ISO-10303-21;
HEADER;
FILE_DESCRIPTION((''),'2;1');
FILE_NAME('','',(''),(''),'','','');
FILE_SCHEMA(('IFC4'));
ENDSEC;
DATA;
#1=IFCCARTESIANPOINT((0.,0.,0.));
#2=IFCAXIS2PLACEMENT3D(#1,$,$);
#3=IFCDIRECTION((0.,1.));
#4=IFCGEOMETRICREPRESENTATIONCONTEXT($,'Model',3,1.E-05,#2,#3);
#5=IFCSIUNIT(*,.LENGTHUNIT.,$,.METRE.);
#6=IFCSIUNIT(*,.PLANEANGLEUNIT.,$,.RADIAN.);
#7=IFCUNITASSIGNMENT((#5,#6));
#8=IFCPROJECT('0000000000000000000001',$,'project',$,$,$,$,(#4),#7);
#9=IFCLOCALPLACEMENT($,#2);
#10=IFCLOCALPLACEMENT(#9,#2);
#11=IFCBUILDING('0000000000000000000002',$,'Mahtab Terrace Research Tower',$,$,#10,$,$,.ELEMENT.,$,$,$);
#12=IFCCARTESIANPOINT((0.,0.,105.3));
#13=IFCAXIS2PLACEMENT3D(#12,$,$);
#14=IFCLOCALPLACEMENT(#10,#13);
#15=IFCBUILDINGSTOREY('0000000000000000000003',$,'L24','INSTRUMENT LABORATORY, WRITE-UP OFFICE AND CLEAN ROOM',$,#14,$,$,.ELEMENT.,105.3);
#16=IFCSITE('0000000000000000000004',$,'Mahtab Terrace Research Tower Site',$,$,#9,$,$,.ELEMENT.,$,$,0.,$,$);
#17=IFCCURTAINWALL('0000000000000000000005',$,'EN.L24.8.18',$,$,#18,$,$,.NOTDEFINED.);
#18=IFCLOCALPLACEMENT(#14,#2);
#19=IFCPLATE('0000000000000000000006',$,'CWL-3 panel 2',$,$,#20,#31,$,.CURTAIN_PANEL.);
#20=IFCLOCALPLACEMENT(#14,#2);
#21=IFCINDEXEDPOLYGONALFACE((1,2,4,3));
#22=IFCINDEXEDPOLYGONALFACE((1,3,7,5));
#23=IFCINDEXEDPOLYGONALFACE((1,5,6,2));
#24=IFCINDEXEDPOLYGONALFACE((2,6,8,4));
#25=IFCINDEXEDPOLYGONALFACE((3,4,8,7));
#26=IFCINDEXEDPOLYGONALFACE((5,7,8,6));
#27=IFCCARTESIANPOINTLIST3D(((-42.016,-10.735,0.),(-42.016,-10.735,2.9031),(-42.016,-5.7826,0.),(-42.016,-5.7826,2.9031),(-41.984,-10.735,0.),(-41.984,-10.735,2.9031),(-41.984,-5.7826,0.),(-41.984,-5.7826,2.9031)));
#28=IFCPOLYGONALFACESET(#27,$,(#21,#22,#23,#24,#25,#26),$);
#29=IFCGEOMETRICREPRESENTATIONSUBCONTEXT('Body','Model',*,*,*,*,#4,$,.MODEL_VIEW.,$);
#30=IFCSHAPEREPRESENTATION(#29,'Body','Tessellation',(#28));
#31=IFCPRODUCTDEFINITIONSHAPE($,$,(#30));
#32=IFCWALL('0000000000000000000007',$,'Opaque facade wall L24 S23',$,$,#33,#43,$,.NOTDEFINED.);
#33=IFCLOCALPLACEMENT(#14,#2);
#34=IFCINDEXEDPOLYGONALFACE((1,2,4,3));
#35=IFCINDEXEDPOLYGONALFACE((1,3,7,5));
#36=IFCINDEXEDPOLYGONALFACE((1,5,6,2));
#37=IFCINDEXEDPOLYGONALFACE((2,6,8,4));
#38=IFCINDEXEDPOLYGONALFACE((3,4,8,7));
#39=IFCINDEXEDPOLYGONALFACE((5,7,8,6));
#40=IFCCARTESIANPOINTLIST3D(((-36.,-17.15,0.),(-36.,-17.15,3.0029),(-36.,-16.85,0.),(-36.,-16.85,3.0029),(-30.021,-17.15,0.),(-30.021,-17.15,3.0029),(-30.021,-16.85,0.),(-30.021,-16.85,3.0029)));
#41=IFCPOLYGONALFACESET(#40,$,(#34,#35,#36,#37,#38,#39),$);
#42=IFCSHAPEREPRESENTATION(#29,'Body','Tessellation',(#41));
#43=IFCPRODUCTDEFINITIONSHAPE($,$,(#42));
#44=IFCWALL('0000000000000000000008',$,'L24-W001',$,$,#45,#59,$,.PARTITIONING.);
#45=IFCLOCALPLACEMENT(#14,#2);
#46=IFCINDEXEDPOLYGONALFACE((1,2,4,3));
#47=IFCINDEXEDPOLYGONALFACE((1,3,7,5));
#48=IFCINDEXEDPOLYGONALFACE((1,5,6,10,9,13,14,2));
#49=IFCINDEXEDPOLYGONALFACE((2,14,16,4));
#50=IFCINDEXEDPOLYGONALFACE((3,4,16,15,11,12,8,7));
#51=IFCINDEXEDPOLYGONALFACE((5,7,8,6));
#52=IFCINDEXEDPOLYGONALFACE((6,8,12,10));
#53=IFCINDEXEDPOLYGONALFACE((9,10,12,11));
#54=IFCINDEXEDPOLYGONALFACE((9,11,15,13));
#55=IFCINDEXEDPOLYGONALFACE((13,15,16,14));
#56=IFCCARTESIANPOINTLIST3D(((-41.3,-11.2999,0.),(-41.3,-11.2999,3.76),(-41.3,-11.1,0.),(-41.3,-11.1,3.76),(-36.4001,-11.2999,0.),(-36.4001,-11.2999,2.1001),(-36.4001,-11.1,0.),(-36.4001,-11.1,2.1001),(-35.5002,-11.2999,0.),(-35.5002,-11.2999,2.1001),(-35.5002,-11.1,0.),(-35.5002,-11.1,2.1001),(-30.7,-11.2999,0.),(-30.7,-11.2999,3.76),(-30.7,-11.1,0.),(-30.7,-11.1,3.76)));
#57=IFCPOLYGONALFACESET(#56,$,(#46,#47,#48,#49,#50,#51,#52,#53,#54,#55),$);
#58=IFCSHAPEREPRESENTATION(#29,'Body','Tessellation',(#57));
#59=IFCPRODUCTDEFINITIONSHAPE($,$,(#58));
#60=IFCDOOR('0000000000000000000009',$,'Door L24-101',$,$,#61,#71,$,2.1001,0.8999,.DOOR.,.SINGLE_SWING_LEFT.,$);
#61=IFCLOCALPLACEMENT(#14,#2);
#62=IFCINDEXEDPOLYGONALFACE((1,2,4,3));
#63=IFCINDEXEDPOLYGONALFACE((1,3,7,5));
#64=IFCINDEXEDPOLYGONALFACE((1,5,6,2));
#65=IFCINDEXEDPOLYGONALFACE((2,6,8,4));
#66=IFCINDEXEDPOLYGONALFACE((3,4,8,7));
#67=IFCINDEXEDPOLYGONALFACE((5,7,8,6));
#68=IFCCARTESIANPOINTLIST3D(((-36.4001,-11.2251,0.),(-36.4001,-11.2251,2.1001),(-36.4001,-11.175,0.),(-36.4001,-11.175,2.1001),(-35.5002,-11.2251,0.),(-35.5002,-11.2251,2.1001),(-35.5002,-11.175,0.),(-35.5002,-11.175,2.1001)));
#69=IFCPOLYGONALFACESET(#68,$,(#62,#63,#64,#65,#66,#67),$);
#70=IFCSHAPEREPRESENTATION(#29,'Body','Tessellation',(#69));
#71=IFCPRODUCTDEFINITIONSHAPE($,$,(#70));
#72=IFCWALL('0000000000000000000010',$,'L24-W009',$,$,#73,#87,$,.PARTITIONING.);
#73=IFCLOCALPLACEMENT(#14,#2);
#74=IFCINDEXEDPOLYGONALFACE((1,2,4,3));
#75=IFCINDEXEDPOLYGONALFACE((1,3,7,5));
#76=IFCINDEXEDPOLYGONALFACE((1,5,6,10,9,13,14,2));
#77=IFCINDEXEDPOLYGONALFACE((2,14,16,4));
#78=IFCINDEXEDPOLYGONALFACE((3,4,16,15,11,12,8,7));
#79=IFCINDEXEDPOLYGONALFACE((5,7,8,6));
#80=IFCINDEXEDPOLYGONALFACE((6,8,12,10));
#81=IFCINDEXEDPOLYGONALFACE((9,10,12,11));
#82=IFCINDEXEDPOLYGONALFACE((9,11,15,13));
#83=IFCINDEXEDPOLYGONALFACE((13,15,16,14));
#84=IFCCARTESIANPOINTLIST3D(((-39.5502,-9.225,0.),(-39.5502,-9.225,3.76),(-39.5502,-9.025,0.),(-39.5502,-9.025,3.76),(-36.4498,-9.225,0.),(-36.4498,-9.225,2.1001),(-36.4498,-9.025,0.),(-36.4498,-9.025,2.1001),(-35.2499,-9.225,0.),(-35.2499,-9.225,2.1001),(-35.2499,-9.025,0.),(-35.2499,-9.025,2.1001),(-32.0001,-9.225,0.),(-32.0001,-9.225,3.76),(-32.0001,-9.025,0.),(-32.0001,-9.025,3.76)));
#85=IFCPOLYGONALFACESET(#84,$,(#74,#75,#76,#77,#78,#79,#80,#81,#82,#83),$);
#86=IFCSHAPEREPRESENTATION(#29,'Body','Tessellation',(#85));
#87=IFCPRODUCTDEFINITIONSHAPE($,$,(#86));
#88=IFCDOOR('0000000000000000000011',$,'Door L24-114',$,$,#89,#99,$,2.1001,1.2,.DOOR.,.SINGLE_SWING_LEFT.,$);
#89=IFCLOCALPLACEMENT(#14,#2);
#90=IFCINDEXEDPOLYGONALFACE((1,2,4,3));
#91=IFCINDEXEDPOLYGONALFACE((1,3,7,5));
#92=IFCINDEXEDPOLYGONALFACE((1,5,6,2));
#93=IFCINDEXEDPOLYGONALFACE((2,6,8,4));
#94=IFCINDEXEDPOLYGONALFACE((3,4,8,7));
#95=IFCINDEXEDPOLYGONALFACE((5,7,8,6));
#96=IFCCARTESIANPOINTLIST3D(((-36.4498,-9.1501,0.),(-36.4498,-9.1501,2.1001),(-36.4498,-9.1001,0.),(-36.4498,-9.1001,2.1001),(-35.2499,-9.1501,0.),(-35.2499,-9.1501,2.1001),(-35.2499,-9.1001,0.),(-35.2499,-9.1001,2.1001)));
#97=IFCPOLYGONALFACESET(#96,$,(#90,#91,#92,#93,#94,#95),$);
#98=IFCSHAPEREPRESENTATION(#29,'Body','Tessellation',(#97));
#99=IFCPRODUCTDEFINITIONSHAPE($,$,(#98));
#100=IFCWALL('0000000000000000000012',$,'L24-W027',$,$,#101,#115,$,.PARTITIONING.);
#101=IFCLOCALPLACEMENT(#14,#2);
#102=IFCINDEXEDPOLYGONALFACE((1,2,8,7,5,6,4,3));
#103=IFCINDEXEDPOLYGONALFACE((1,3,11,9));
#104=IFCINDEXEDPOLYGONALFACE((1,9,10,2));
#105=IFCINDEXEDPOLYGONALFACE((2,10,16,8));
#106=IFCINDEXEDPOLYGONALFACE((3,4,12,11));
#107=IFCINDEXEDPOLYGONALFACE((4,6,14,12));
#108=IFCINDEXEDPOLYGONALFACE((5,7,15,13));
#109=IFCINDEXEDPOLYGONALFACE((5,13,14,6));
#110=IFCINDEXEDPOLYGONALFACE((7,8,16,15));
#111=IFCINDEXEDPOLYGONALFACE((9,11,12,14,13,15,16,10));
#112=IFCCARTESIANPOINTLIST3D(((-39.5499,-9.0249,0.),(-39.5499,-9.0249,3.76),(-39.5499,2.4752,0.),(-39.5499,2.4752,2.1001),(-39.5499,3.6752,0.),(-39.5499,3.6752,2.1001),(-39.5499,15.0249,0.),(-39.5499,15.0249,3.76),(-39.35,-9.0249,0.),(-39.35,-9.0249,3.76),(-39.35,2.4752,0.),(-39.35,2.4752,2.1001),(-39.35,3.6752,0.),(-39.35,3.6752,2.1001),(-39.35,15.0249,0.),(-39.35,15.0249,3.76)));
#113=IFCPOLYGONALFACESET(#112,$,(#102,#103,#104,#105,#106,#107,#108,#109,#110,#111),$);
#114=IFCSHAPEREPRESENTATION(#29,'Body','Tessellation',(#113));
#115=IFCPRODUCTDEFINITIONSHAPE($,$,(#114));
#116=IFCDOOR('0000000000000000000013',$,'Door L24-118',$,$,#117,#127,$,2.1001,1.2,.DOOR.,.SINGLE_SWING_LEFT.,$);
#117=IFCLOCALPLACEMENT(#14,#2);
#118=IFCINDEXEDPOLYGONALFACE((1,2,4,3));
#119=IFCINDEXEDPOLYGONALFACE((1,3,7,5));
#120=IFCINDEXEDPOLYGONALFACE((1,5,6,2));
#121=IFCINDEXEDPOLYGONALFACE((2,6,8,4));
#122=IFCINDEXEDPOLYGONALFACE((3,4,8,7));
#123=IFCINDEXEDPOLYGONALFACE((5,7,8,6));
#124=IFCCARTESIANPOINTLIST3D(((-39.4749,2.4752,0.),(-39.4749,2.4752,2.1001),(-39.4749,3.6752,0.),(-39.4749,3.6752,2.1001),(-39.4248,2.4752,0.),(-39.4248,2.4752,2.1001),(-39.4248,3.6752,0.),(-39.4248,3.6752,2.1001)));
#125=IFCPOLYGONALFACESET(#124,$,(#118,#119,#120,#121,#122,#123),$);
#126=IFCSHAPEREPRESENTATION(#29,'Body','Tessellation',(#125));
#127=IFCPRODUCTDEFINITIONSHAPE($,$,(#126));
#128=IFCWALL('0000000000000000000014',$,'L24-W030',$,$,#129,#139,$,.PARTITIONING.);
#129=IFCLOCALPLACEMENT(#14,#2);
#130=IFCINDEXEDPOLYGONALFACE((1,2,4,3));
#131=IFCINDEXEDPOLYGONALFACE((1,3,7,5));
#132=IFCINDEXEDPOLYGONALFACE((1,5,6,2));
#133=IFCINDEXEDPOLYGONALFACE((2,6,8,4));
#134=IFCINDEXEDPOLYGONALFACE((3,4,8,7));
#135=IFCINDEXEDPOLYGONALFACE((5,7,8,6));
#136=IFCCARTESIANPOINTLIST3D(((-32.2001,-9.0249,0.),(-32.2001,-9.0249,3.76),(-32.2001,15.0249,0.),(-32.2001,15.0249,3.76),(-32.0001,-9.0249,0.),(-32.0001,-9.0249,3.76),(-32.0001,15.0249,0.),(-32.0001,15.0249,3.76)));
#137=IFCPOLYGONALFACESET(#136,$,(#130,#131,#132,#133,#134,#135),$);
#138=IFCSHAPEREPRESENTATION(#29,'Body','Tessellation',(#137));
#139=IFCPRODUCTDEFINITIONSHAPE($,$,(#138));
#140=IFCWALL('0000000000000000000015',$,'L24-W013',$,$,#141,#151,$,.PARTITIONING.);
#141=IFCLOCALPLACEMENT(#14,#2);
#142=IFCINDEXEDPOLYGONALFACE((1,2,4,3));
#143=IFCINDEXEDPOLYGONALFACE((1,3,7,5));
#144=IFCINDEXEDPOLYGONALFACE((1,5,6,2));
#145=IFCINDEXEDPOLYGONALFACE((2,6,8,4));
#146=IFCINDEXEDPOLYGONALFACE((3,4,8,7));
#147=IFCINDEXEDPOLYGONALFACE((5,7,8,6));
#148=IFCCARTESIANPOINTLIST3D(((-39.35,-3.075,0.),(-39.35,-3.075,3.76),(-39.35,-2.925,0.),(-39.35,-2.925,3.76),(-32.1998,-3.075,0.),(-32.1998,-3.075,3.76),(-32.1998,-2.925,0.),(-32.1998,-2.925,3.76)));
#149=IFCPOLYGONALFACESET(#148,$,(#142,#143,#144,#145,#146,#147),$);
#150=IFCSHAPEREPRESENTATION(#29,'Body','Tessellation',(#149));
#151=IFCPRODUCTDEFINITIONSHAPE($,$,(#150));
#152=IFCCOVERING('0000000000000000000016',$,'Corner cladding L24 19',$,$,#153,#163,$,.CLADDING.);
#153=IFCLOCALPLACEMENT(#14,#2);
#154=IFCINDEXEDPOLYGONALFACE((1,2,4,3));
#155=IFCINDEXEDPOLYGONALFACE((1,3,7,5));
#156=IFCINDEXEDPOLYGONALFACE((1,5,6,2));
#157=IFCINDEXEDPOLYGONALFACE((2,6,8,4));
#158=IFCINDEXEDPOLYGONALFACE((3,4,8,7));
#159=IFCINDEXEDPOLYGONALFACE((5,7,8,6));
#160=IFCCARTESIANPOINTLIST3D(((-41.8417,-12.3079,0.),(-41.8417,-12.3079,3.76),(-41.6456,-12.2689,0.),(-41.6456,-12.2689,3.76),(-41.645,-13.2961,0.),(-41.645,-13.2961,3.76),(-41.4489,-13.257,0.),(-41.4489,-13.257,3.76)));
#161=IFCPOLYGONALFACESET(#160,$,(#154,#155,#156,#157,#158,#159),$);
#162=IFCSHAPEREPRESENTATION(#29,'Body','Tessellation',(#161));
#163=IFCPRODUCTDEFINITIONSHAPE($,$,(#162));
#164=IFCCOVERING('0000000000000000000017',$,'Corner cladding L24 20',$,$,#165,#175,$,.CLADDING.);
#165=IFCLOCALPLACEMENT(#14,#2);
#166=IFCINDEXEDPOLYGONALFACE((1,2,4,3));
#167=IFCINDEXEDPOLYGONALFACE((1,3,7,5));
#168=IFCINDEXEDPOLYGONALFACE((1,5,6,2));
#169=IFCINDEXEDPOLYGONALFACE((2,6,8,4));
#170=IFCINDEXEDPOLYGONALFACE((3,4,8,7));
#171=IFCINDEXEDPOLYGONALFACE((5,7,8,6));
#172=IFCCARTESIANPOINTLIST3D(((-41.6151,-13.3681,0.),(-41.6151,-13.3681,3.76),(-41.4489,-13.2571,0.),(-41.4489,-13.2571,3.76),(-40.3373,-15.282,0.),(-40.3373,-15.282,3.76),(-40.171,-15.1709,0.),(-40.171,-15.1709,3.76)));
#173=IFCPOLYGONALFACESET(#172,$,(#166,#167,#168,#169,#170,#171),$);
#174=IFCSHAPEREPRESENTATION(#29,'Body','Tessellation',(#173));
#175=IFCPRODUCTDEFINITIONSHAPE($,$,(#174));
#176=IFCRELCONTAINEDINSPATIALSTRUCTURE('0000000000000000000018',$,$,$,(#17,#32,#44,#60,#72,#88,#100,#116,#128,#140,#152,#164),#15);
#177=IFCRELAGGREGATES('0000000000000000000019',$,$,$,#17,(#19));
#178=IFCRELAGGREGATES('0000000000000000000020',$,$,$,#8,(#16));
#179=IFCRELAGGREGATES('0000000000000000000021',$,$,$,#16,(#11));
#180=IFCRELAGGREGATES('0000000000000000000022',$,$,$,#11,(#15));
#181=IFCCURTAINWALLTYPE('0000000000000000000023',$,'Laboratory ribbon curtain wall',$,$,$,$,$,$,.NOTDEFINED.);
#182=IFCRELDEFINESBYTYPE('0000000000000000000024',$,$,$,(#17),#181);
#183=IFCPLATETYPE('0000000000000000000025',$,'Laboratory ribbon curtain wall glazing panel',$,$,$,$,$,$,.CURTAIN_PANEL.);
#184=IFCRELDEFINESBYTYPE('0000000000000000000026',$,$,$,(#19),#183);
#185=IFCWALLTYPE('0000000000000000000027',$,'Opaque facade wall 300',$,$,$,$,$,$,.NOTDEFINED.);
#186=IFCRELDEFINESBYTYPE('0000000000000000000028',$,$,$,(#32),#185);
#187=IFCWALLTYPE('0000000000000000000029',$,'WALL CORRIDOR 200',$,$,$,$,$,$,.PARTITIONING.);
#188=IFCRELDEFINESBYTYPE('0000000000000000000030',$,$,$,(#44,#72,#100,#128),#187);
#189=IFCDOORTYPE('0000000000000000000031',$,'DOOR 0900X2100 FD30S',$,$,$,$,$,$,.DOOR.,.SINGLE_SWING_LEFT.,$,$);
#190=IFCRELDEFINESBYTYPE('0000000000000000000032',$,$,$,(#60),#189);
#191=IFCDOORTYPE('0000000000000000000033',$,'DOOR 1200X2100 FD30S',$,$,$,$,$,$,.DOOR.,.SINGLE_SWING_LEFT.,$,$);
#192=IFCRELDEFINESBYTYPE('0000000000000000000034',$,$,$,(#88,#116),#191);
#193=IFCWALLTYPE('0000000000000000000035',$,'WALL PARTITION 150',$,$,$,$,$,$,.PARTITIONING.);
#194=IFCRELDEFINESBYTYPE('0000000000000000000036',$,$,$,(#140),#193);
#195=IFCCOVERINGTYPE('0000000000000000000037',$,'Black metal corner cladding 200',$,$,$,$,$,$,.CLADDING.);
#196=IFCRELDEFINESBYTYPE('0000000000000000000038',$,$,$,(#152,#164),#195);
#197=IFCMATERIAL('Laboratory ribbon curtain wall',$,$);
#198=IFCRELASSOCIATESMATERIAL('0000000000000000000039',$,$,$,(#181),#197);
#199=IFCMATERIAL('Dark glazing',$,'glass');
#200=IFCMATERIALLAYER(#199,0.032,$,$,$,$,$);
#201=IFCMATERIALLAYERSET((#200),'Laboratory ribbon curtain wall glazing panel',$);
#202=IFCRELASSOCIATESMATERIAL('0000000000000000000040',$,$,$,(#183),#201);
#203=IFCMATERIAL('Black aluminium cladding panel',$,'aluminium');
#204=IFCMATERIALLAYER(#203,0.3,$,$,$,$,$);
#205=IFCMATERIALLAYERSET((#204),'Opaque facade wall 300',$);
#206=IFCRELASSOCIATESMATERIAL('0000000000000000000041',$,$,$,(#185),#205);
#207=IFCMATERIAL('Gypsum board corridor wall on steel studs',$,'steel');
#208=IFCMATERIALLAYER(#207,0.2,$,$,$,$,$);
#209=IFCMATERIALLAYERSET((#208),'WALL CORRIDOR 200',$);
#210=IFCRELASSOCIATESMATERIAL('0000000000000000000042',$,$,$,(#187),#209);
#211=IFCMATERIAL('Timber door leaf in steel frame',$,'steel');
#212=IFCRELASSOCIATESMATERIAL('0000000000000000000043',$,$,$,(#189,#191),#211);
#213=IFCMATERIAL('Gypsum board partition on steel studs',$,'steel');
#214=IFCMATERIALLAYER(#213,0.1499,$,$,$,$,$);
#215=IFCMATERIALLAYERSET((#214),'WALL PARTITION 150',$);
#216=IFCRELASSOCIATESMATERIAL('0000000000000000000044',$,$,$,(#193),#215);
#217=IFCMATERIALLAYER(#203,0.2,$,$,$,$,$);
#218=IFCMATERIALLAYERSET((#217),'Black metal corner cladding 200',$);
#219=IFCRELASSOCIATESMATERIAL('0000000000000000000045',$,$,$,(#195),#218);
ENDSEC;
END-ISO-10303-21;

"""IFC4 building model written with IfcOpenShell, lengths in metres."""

from ifc_helpers import new_model, si_unit, direction, frame, frame_2d, origin, origin_2d, place, context, subcontext, project, spatial, rectangle, extrude, material, layer, layer_set, type_object, element, fill, aggregate, save


model = new_model("IFC4")

# Units and contexts
model_context = context("Model", 3, precision=1e-05, world=origin(), true_north=direction((0.0, 1.0)))
body_context = subcontext(model_context, "Body", "Model", "MODEL_VIEW")
ifc_project = project(units=[si_unit("LENGTHUNIT", "METRE"), si_unit("PLANEANGLEUNIT", "RADIAN")], contexts=[model_context])

# Site, building, storey
site_placement = place(None, origin())
site = spatial("IfcSite", under=ifc_project, at=site_placement, Name="Mahtab Terrace Research Tower Site", CompositionType="ELEMENT", RefElevation=0.0)
building_placement = place(site_placement, origin())
building = spatial("IfcBuilding", under=site, at=building_placement, Name="Mahtab Terrace Research Tower", CompositionType="ELEMENT")
storey_placement = place(building_placement, frame((0.0, 0.0, 105.3)))
storey = spatial("IfcBuildingStorey", under=building, at=storey_placement, Name="L24", Description="INSTRUMENT LABORATORY, WRITE-UP OFFICE AND CLEAN ROOM", CompositionType="ELEMENT", Elevation=105.3)

# Curtain wall
ifc_material_1 = material(Name="Laboratory ribbon curtain wall")
curtain_wall_type = type_object("IfcCurtainWallType", Name="Laboratory ribbon curtain wall", PredefinedType="NOTDEFINED", material=ifc_material_1)
curtain_wall_placement = place(storey_placement, origin())
curtain_wall = element("IfcCurtainWall", 1, at=curtain_wall_placement, inside=storey, type_object=curtain_wall_type, Name="EN.L24.8.18", PredefinedType="NOTDEFINED")

# Plate
ifc_material_2 = material(Name="Dark glazing", Category="glass")
ifc_layer_1 = layer(ifc_material_2, 0.032)
ifc_layer_set_1 = layer_set([ifc_layer_1], Name="Laboratory ribbon curtain wall glazing panel")
plate_type = type_object("IfcPlateType", Name="Laboratory ribbon curtain wall glazing panel", PredefinedType="CURTAIN_PANEL", material=ifc_layer_set_1)
plate_1_placement = place(storey_placement, frame((-42.0, -8.2588, 0.0), z_axis=(0.0, 0.0, 1.0), x_axis=(0.0, -1.0, 0.0)))
plate_1 = element("IfcPlate", 2, at=plate_1_placement, type_object=plate_type, Name="CWL-3 panel 2", PredefinedType="CURTAIN_PANEL", context=body_context, shape_type="SweptSolid", body=[
    extrude(rectangle(XDim=4.9524, YDim=0.032, at=origin_2d()), origin(), (0.0, 0.0, 1.0), 2.9031),
])
aggregate(curtain_wall, [plate_1])

# Wall
ifc_material_3 = material(Name="Black aluminium cladding panel", Category="aluminium")
ifc_layer_2 = layer(ifc_material_3, 0.3)
ifc_layer_set_2 = layer_set([ifc_layer_2], Name="Opaque facade wall 300")
wall_type_1 = type_object("IfcWallType", Name="Opaque facade wall 300", PredefinedType="NOTDEFINED", material=ifc_layer_set_2)
wall_1_placement = place(storey_placement, frame((-36.0, -17.0, 0.0), z_axis=(0.0, 0.0, 1.0), x_axis=(1.0, 0.0, 0.0)))
element("IfcWall", 3, at=wall_1_placement, inside=storey, type_object=wall_type_1, Name="Opaque facade wall L24 S23", PredefinedType="NOTDEFINED", context=body_context, shape_type="SweptSolid", body=[
    extrude(rectangle(XDim=5.979, YDim=0.3, at=frame_2d((2.9895, 0.0))), origin(), (0.0, 0.0, 1.0), 3.0029),
])

# Walls, openings, doors
ifc_material_4 = material(Name="Gypsum board corridor wall on steel studs", Category="steel")
ifc_layer_3 = layer(ifc_material_4, 0.2)
ifc_layer_set_3 = layer_set([ifc_layer_3], Name="WALL CORRIDOR 200")
wall_type_2 = type_object("IfcWallType", Name="WALL CORRIDOR 200", PredefinedType="PARTITIONING", material=ifc_layer_set_3)
wall_2_placement = place(storey_placement, frame((-41.3, -11.2, 0.0), z_axis=(0.0, 0.0, 1.0), x_axis=(1.0, 0.0, 0.0)))
wall_2 = element("IfcWall", 4, at=wall_2_placement, inside=storey, type_object=wall_type_2, Name="L24-W001", PredefinedType="PARTITIONING", context=body_context, shape_type="SweptSolid", body=[
    extrude(rectangle(XDim=10.6001, YDim=0.2, at=frame_2d((5.3, 0.0))), origin(), (0.0, 0.0, 1.0), 3.76),
])
opening_1_placement = place(wall_2_placement, frame((4.8999, 0.0, 0.0)))
opening_1 = element("IfcOpeningElement", 5, at=opening_1_placement, cuts=wall_2, PredefinedType="OPENING", context=body_context, shape_type="SweptSolid", body=[
    extrude(rectangle(XDim=0.8999, YDim=2.1001, at=frame_2d((0.45, 1.05))), frame((0.0, 0.1099, 0.0), z_axis=(0.0, -1.0, 0.0), x_axis=(1.0, 0.0, 0.0)), (0.0, 0.0, 1.0), 0.22),
])
ifc_material_5 = material(Name="Timber door leaf in steel frame", Category="steel")
door_type_1 = type_object("IfcDoorType", Name="DOOR 0900X2100 FD30S", OperationType="SINGLE_SWING_LEFT", PredefinedType="DOOR", material=ifc_material_5)
door_1_placement = place(opening_1_placement, origin())
door_1 = element("IfcDoor", 6, at=door_1_placement, inside=storey, type_object=door_type_1, Name="Door L24-101", OperationType="SINGLE_SWING_LEFT", OverallHeight=2.1001, OverallWidth=0.8999, PredefinedType="DOOR", context=body_context, shape_type="SweptSolid", body=[
    extrude(rectangle(XDim=0.8999, YDim=2.1001, at=frame_2d((0.45, 1.05))), frame((0.0, 0.0249, 0.0), z_axis=(0.0, -1.0, 0.0), x_axis=(1.0, 0.0, 0.0)), (0.0, 0.0, 1.0), 0.05),
])
fill(opening_1, door_1)
wall_3_placement = place(storey_placement, frame((-39.55, -9.125, 0.0), z_axis=(0.0, 0.0, 1.0), x_axis=(1.0, 0.0, 0.0)))
wall_3 = element("IfcWall", 7, at=wall_3_placement, inside=storey, type_object=wall_type_2, Name="L24-W009", PredefinedType="PARTITIONING", context=body_context, shape_type="SweptSolid", body=[
    extrude(rectangle(XDim=7.55, YDim=0.2, at=frame_2d((3.7749, 0.0))), origin(), (0.0, 0.0, 1.0), 3.76),
])
opening_2_placement = place(wall_3_placement, frame((3.1001, 0.0, 0.0)))
opening_2 = element("IfcOpeningElement", 8, at=opening_2_placement, cuts=wall_3, PredefinedType="OPENING", context=body_context, shape_type="SweptSolid", body=[
    extrude(rectangle(XDim=1.2, YDim=2.1001, at=frame_2d((0.6001, 1.05))), frame((0.0, 0.1099, 0.0), z_axis=(0.0, -1.0, 0.0), x_axis=(1.0, 0.0, 0.0)), (0.0, 0.0, 1.0), 0.22),
])
door_type_2 = type_object("IfcDoorType", Name="DOOR 1200X2100 FD30S", OperationType="SINGLE_SWING_LEFT", PredefinedType="DOOR", material=ifc_material_5)
door_2_placement = place(opening_2_placement, origin())
door_2 = element("IfcDoor", 9, at=door_2_placement, inside=storey, type_object=door_type_2, Name="Door L24-114", OperationType="SINGLE_SWING_LEFT", OverallHeight=2.1001, OverallWidth=1.2, PredefinedType="DOOR", context=body_context, shape_type="SweptSolid", body=[
    extrude(rectangle(XDim=1.2, YDim=2.1001, at=frame_2d((0.6001, 1.05))), frame((0.0, 0.0249, 0.0), z_axis=(0.0, -1.0, 0.0), x_axis=(1.0, 0.0, 0.0)), (0.0, 0.0, 1.0), 0.05),
])
fill(opening_2, door_2)
wall_4_placement = place(storey_placement, frame((-39.45, -9.0249, 0.0), z_axis=(0.0, 0.0, 1.0), x_axis=(0.0, 1.0, 0.0)))
wall_4 = element("IfcWall", 10, at=wall_4_placement, inside=storey, type_object=wall_type_2, Name="L24-W027", PredefinedType="PARTITIONING", context=body_context, shape_type="SweptSolid", body=[
    extrude(rectangle(XDim=24.0498, YDim=0.2, at=frame_2d((12.0249, 0.0))), origin(), (0.0, 0.0, 1.0), 3.76),
])
opening_3_placement = place(wall_4_placement, frame((11.5, 0.0, 0.0)))
opening_3 = element("IfcOpeningElement", 11, at=opening_3_placement, cuts=wall_4, PredefinedType="OPENING", context=body_context, shape_type="SweptSolid", body=[
    extrude(rectangle(XDim=1.2, YDim=2.1001, at=frame_2d((0.6001, 1.05))), frame((0.0, 0.1099, 0.0), z_axis=(0.0, -1.0, 0.0), x_axis=(1.0, 0.0, 0.0)), (0.0, 0.0, 1.0), 0.22),
])
door_3_placement = place(opening_3_placement, origin())
door_3 = element("IfcDoor", 12, at=door_3_placement, inside=storey, type_object=door_type_2, Name="Door L24-118", OperationType="SINGLE_SWING_LEFT", OverallHeight=2.1001, OverallWidth=1.2, PredefinedType="DOOR", context=body_context, shape_type="SweptSolid", body=[
    extrude(rectangle(XDim=1.2, YDim=2.1001, at=frame_2d((0.6001, 1.05))), frame((0.0, 0.0249, 0.0), z_axis=(0.0, -1.0, 0.0), x_axis=(1.0, 0.0, 0.0)), (0.0, 0.0, 1.0), 0.05),
])
fill(opening_3, door_3)

# Walls
wall_5_placement = place(storey_placement, frame((-32.1001, -9.0249, 0.0), z_axis=(0.0, 0.0, 1.0), x_axis=(0.0, 1.0, 0.0)))
element("IfcWall", 13, at=wall_5_placement, inside=storey, type_object=wall_type_2, Name="L24-W030", PredefinedType="PARTITIONING", context=body_context, shape_type="SweptSolid", body=[
    extrude(rectangle(XDim=24.0498, YDim=0.2, at=frame_2d((12.0249, 0.0))), origin(), (0.0, 0.0, 1.0), 3.76),
])
ifc_material_6 = material(Name="Gypsum board partition on steel studs", Category="steel")
ifc_layer_4 = layer(ifc_material_6, 0.1499)
ifc_layer_set_4 = layer_set([ifc_layer_4], Name="WALL PARTITION 150")
wall_type_3 = type_object("IfcWallType", Name="WALL PARTITION 150", PredefinedType="PARTITIONING", material=ifc_layer_set_4)
wall_6_placement = place(storey_placement, frame((-39.3501, -3.0, 0.0), z_axis=(0.0, 0.0, 1.0), x_axis=(1.0, 0.0, 0.0)))
element("IfcWall", 14, at=wall_6_placement, inside=storey, type_object=wall_type_3, Name="L24-W013", PredefinedType="PARTITIONING", context=body_context, shape_type="SweptSolid", body=[
    extrude(rectangle(XDim=7.1501, YDim=0.1499, at=frame_2d((3.5752, 0.0))), origin(), (0.0, 0.0, 1.0), 3.76),
])

# Coverings
ifc_layer_5 = layer(ifc_material_3, 0.2)
ifc_layer_set_5 = layer_set([ifc_layer_5], Name="Black metal corner cladding 200")
covering_type = type_object("IfcCoveringType", Name="Black metal corner cladding 200", PredefinedType="CLADDING", material=ifc_layer_set_5)
covering_placement = place(storey_placement, frame((-41.6453, -12.7825, 0.0), z_axis=(0.0, 0.0, 1.0), x_axis=(0.195212, -0.980761, 0.0)))
element("IfcCovering", 15, at=covering_placement, inside=storey, type_object=covering_type, Name="Corner cladding L24 19", PredefinedType="CLADDING", context=body_context, shape_type="SweptSolid", body=[
    extrude(rectangle(XDim=1.0076, YDim=0.2, at=origin_2d()), origin(), (0.0, 0.0, 1.0), 3.76),
])
for number, where, z_axis, x_axis, name in (
    (16, (-40.8931, -14.2695, 0.0), (0.0, 0.0, 1.0), (0.555291, -0.831656, 0.0), "Corner cladding L24 20"),
):
    element("IfcCovering", number, at=place(storey_placement, frame(where, z_axis=z_axis, x_axis=x_axis)), inside=storey, type_object=covering_type, Name=name, PredefinedType="CLADDING", context=body_context, shape_type="SweptSolid", body=[
        extrude(rectangle(XDim=2.3013, YDim=0.2, at=origin_2d()), origin(), (0.0, 0.0, 1.0), 3.76),
    ])

save(model, "model.ifc")
